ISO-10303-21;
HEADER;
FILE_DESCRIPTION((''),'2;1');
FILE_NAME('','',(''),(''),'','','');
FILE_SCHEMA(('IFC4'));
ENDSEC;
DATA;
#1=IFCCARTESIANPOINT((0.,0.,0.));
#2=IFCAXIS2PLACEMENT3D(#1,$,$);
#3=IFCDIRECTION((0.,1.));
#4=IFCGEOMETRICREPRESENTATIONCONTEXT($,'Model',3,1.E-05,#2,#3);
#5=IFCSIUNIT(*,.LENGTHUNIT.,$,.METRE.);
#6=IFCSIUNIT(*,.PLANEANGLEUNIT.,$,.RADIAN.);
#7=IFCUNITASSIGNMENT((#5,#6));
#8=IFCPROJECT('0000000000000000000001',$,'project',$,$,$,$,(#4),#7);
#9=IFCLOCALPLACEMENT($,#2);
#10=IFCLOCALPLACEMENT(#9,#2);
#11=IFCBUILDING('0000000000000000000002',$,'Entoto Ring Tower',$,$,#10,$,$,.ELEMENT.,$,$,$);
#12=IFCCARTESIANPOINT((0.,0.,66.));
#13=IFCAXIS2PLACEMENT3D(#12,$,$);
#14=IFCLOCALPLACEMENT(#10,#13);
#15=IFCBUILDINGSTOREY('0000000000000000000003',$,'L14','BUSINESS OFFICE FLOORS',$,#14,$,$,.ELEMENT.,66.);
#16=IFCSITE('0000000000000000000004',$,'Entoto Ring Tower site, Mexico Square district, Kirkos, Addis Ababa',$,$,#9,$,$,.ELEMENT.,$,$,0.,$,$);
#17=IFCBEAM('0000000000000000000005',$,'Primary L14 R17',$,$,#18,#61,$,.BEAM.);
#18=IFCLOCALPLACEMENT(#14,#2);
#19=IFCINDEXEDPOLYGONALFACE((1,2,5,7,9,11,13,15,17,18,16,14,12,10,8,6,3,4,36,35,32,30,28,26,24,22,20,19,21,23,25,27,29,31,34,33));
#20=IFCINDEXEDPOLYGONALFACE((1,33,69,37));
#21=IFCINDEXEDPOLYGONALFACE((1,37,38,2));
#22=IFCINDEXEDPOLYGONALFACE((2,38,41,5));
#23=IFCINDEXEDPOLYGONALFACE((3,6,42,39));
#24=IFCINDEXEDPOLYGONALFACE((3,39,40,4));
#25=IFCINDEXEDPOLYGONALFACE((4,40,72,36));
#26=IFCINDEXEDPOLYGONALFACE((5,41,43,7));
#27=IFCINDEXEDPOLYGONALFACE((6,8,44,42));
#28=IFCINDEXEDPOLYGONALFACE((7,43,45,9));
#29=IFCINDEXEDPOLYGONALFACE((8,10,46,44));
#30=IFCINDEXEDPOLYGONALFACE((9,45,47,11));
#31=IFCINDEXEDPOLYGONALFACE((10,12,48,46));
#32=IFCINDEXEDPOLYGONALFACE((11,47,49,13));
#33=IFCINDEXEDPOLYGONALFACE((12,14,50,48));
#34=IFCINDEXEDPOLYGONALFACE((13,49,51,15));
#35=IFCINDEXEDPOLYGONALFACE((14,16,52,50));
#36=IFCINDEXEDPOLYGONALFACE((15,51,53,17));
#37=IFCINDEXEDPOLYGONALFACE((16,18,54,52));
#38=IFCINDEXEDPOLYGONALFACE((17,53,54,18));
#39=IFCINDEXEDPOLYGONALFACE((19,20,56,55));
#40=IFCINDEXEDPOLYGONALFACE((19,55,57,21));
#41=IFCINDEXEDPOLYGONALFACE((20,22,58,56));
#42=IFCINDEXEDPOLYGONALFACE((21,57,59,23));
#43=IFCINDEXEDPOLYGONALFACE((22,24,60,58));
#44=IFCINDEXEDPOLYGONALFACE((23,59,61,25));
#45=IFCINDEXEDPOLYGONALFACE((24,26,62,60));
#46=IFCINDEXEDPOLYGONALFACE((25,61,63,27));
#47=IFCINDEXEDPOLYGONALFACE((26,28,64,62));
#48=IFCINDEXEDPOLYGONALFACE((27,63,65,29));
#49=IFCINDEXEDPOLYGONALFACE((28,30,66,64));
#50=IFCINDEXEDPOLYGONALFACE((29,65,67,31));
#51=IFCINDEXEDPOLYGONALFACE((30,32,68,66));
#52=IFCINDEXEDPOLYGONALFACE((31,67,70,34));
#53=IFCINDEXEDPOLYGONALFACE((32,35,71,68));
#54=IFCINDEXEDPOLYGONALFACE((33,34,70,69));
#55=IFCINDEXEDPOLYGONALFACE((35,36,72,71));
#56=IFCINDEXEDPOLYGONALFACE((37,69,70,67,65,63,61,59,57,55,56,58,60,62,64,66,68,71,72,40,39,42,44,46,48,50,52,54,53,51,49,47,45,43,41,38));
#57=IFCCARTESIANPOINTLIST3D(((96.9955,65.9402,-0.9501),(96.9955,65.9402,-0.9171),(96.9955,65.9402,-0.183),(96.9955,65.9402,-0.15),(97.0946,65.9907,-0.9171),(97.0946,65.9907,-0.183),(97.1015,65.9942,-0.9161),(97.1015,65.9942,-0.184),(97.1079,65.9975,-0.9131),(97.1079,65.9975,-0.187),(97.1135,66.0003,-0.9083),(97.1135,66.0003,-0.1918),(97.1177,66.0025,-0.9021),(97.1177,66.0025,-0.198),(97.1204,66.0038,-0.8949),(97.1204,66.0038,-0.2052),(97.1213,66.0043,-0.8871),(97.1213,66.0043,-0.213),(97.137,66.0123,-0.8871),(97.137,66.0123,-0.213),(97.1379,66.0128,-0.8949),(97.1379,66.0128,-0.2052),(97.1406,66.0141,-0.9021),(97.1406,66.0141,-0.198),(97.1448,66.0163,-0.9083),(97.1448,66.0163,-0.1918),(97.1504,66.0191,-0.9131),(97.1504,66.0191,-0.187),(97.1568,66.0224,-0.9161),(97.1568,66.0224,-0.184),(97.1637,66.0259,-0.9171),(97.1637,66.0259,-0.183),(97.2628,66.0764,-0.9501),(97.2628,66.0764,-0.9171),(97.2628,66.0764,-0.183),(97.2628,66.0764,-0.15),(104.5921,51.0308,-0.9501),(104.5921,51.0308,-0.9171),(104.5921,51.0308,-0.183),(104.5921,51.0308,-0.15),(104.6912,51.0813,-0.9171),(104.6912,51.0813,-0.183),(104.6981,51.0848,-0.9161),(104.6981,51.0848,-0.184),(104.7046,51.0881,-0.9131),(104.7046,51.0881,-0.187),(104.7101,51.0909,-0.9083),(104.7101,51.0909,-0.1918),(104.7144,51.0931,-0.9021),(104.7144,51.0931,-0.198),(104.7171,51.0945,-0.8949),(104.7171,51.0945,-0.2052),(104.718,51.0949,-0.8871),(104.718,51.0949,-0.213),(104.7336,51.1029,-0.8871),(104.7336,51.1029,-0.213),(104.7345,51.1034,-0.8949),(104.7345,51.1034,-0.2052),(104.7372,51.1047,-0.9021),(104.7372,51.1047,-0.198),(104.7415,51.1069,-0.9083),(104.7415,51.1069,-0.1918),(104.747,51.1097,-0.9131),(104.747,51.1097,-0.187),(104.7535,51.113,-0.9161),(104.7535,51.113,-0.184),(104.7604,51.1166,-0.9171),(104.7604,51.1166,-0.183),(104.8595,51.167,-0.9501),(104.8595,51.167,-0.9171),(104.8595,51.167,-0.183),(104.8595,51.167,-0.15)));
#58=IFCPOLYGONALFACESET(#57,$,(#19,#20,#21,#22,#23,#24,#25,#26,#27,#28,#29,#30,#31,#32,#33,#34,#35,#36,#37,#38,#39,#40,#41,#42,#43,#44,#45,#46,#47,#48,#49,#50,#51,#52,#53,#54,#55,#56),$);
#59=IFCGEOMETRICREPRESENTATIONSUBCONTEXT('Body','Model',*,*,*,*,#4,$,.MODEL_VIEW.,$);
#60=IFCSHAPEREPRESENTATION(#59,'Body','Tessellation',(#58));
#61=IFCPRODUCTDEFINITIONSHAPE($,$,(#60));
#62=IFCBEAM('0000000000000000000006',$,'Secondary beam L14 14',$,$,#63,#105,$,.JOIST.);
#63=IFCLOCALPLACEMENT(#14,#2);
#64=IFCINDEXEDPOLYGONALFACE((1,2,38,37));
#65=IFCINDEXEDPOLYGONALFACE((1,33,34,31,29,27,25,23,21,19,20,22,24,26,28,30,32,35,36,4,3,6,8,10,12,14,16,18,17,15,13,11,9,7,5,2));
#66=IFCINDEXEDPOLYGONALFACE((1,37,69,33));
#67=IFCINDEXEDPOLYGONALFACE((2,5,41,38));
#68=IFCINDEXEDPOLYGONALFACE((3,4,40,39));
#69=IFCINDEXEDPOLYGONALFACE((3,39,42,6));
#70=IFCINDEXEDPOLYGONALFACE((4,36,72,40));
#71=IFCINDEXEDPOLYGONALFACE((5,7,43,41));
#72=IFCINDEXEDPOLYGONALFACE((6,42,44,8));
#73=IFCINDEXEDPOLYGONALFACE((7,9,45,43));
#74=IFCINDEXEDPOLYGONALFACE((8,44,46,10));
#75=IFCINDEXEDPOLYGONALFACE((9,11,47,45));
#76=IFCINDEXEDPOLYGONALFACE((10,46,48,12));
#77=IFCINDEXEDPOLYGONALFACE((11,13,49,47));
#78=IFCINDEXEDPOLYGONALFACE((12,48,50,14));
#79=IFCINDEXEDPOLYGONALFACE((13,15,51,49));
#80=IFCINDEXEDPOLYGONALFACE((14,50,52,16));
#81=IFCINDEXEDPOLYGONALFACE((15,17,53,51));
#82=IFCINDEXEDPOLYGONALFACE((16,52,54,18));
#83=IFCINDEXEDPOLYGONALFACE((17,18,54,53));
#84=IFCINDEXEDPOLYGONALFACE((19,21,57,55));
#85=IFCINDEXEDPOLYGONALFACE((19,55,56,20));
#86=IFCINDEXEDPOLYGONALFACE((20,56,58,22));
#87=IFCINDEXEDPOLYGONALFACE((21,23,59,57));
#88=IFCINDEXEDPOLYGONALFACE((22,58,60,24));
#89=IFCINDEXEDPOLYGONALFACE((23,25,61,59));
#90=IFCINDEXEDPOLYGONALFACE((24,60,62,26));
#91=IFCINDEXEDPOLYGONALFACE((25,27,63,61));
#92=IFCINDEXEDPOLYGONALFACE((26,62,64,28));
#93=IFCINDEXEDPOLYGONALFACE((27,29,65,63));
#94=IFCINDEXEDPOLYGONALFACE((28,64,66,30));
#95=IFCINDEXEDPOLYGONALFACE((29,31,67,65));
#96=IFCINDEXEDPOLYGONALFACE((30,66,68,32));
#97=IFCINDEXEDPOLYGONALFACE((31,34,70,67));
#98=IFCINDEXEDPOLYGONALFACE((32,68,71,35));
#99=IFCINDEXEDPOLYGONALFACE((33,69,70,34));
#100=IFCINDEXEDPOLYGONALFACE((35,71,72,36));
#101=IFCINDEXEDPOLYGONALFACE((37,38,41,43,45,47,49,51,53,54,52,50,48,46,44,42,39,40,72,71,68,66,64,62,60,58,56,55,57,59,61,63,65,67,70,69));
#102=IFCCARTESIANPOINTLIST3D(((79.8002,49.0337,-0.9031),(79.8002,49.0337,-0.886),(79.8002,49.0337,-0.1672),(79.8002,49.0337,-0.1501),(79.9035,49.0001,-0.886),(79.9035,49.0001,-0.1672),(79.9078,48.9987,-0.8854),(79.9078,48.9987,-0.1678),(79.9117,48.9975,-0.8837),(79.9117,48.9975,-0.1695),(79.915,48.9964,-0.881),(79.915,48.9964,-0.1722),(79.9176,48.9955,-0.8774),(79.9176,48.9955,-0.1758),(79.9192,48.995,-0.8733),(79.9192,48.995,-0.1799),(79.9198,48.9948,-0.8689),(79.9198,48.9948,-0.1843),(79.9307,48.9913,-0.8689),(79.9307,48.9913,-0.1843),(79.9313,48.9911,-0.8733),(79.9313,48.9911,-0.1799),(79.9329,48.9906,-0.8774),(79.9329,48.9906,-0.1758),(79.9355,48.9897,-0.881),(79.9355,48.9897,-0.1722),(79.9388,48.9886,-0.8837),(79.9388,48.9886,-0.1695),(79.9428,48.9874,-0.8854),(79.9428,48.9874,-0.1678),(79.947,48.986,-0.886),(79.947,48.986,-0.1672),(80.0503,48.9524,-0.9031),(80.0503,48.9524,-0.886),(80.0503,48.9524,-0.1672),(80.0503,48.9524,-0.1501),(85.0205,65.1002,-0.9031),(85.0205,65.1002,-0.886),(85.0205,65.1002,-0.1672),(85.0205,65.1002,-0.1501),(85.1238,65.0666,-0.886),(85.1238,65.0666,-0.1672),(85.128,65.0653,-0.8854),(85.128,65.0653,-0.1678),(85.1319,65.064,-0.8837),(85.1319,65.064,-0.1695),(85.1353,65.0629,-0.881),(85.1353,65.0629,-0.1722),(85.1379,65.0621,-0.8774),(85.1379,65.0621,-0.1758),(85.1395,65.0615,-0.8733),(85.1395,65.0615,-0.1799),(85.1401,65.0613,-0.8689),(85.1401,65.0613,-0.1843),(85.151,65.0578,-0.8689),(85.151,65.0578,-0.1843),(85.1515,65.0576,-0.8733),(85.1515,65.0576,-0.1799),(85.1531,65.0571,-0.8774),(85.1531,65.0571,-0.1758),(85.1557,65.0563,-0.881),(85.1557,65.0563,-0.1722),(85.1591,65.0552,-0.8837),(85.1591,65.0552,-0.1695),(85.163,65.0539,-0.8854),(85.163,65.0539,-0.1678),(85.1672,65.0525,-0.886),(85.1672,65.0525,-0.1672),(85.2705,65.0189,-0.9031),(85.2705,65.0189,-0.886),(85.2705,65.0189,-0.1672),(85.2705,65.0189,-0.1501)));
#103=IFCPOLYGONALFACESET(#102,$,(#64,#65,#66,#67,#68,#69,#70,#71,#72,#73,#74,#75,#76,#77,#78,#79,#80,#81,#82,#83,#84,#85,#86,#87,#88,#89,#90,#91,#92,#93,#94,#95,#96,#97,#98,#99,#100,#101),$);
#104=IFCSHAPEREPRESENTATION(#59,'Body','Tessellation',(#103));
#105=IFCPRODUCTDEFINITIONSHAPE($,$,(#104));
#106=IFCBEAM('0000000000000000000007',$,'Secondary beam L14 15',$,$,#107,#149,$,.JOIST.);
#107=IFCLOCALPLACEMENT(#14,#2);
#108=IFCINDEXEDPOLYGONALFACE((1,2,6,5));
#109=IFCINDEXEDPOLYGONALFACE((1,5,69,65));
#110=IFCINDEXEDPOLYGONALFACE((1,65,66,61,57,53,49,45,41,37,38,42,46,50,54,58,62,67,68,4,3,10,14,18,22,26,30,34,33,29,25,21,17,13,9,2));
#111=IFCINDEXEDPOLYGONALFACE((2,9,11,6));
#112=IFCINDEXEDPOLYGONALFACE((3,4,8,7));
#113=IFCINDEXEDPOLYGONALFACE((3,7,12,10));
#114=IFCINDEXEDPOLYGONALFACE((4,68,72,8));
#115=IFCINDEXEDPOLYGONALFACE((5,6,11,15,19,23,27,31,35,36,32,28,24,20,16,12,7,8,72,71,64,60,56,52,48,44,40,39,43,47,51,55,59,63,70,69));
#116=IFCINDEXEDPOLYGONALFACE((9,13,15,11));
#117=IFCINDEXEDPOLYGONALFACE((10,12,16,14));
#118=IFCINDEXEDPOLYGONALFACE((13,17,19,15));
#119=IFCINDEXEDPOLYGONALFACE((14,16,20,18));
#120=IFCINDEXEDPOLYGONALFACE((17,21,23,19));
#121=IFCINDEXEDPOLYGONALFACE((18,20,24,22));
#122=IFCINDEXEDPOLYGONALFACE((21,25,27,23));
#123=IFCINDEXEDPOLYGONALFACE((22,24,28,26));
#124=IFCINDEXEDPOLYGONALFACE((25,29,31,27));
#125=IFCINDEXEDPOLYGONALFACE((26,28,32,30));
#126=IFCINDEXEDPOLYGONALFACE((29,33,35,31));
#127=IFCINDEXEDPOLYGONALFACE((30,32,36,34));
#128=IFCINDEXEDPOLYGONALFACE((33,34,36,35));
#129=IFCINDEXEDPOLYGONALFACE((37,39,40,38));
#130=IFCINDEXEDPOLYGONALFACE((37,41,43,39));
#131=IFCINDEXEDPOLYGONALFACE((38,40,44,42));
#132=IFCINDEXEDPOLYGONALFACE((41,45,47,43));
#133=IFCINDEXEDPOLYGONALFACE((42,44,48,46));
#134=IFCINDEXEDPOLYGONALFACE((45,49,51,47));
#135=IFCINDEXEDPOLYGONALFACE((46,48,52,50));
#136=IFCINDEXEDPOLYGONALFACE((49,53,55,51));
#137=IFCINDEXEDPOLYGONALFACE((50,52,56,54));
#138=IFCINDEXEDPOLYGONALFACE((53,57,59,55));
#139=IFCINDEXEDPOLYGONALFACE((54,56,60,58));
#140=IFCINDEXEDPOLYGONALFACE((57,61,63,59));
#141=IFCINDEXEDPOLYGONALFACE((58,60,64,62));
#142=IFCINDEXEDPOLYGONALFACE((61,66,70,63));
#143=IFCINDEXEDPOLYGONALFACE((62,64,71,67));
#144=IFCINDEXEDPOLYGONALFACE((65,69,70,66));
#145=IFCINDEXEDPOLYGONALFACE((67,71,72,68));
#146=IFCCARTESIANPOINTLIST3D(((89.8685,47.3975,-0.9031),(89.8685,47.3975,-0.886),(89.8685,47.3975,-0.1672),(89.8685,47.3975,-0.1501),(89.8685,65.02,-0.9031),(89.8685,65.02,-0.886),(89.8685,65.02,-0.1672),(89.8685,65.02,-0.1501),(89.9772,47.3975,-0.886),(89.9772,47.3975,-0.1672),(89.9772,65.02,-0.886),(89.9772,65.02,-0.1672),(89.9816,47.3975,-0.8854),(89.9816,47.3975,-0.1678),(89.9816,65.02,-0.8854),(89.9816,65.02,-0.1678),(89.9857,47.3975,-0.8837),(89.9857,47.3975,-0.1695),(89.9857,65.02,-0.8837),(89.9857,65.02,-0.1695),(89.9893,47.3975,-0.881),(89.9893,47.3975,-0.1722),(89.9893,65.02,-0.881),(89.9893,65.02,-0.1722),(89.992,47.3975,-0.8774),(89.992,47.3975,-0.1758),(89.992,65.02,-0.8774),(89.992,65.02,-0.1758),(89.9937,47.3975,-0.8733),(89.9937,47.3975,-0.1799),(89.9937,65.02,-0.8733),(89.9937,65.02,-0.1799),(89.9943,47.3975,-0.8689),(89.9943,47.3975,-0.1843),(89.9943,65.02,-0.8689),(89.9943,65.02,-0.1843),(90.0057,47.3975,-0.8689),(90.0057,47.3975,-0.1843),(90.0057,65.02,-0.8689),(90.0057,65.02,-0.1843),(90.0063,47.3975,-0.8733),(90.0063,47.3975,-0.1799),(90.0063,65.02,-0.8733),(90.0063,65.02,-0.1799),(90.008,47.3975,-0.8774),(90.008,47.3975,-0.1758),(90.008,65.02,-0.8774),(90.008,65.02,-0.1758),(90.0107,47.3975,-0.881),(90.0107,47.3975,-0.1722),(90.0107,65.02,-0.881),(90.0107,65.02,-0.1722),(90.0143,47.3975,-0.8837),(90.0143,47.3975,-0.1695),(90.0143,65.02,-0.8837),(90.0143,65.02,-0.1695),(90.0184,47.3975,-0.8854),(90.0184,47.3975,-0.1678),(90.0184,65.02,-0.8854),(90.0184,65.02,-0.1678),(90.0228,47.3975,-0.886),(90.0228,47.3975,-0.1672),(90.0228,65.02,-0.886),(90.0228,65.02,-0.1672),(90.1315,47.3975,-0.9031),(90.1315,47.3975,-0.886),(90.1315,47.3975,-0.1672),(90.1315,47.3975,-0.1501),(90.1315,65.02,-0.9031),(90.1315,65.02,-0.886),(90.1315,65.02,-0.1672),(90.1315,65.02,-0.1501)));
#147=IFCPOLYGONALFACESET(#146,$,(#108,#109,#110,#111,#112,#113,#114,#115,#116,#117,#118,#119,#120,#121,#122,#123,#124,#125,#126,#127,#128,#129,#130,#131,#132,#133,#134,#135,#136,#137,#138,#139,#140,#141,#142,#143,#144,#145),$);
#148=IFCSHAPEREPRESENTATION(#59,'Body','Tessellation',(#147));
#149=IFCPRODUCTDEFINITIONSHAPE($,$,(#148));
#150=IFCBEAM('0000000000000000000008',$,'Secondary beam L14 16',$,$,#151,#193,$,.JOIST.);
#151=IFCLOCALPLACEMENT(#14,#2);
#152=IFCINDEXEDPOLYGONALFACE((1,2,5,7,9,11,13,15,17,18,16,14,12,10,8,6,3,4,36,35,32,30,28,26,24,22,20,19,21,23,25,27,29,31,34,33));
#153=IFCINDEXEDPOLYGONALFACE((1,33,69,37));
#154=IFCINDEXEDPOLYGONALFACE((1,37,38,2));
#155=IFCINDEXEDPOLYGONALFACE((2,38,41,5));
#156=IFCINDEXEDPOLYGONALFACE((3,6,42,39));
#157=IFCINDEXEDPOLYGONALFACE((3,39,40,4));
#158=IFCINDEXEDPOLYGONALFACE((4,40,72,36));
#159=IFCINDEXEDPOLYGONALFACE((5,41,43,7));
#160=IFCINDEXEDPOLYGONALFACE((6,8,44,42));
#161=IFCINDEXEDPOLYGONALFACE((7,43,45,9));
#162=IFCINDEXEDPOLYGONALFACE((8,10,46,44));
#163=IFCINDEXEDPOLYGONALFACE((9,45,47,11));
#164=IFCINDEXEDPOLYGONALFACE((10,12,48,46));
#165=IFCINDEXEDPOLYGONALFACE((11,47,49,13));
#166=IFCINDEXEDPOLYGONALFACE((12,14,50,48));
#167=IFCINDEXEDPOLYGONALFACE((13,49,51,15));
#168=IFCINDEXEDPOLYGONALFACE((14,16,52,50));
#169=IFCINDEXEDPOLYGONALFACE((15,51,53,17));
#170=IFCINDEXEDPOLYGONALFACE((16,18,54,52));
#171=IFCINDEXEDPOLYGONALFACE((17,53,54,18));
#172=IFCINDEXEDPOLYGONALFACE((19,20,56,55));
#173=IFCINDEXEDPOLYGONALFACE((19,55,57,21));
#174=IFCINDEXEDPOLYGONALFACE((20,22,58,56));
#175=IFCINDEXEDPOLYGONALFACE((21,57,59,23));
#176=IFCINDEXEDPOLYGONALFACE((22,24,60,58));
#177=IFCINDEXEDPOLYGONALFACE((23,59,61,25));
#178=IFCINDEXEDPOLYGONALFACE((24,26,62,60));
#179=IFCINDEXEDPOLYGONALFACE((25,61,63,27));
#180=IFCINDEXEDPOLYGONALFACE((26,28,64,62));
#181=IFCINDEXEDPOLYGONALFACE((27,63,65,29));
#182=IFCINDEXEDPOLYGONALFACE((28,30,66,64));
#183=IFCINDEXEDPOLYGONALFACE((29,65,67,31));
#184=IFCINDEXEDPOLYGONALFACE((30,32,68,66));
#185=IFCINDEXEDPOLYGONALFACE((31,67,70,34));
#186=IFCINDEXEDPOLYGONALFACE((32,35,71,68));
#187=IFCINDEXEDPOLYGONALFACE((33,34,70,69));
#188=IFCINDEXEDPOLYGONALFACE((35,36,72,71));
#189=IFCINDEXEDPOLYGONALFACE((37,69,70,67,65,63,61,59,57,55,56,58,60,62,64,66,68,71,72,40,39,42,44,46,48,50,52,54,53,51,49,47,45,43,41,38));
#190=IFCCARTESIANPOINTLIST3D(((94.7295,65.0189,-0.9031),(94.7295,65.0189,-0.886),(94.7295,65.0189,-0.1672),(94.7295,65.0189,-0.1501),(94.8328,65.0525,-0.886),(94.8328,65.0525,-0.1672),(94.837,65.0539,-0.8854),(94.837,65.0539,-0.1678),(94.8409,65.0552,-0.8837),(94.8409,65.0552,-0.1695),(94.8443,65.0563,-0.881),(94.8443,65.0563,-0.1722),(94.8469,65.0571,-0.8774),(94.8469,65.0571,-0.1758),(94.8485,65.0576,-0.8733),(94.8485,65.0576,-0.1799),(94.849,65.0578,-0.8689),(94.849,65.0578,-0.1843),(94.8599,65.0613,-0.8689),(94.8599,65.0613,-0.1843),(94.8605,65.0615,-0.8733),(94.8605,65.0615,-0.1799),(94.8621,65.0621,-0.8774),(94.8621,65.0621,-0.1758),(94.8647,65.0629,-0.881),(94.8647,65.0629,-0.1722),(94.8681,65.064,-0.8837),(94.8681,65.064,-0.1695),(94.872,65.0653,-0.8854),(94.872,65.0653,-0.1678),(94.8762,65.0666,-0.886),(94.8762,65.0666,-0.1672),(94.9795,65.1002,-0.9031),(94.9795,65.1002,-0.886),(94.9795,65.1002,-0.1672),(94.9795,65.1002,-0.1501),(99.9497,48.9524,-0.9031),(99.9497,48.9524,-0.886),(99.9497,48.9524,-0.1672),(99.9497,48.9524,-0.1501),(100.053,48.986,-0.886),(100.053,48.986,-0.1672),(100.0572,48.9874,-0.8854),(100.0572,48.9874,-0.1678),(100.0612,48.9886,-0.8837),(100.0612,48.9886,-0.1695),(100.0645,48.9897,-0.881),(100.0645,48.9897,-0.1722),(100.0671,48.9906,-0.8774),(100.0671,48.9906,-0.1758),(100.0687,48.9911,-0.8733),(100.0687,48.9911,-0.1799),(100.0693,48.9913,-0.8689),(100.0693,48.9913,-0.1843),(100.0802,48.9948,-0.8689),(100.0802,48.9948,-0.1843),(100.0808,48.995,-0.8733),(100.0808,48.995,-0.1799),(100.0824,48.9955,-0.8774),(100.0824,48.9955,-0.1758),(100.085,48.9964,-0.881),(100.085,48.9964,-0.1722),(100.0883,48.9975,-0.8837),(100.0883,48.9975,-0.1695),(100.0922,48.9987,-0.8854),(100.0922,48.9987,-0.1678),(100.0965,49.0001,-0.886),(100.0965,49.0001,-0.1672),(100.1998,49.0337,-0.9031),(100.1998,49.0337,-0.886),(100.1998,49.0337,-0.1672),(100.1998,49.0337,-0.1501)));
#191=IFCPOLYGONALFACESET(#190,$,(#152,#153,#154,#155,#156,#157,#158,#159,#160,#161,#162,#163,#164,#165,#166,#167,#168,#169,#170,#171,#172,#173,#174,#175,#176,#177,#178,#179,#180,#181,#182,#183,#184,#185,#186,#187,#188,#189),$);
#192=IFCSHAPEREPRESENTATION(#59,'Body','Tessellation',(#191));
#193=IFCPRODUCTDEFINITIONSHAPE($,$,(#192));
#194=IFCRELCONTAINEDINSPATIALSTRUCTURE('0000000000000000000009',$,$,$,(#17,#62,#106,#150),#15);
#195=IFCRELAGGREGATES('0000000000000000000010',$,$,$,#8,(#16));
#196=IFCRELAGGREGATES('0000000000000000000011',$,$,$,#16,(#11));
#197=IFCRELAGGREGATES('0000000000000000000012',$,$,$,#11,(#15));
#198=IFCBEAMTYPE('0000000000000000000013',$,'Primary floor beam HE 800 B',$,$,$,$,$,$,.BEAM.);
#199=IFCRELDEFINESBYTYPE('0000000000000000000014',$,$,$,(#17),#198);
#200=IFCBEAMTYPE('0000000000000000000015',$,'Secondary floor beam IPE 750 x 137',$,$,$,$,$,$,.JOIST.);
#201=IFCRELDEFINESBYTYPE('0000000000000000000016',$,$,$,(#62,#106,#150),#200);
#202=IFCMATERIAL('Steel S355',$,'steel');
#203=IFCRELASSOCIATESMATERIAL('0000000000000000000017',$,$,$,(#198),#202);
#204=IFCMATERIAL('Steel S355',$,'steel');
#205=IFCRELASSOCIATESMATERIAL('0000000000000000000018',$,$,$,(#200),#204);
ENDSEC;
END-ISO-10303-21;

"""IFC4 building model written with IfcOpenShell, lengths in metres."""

from ifc_helpers import new_model, si_unit, direction, frame, origin, origin_2d, place, context, subcontext, project, spatial, i_section, extrude, material, material_profile, profile_set, type_object, element, save


model = new_model("IFC4")

# Units and contexts
model_context = context("Model", 3, precision=1e-05, world=origin(), true_north=direction((0.0, 1.0)))
body_context = subcontext(model_context, "Body", "Model", "MODEL_VIEW")
ifc_project = project(units=[si_unit("LENGTHUNIT", "METRE"), si_unit("PLANEANGLEUNIT", "RADIAN")], contexts=[model_context])

# Site, building, storey
site_placement = place(None, origin())
site = spatial("IfcSite", under=ifc_project, at=site_placement, Name="Entoto Ring Tower site, Mexico Square district, Kirkos, Addis Ababa", CompositionType="ELEMENT", RefElevation=0.0)
building_placement = place(site_placement, origin())
building = spatial("IfcBuilding", under=site, at=building_placement, Name="Entoto Ring Tower", CompositionType="ELEMENT")
storey_placement = place(building_placement, frame((0.0, 0.0, 66.0)))
storey = spatial("IfcBuildingStorey", under=building, at=storey_placement, Name="L14", Description="BUSINESS OFFICE FLOORS", CompositionType="ELEMENT", Elevation=66.0)

# Beams
ifc_material_1 = material(Name="Steel S355", Category="steel")
ifc_material_profile_1 = material_profile(ifc_material_1, i_section(OverallWidth=0.3, OverallDepth=0.8, WebThickness=0.0176, FlangeThickness=0.033, FilletRadius=0.03, at=origin_2d()), Name="HE 800 B")
ifc_profile_set_1 = profile_set([ifc_material_profile_1], Name="Steel S355")
beam_type_1 = type_object("IfcBeamType", Name="Primary floor beam HE 800 B", PredefinedType="BEAM", material=ifc_profile_set_1)
beam_1_placement = place(storey_placement, frame((97.1292, 66.0083, -0.55), z_axis=(0.453988, -0.891008, 0.0), x_axis=(0.891008, 0.453988, 0.0)))
element("IfcBeam", 1, at=beam_1_placement, inside=storey, type_object=beam_type_1, Name="Primary L14 R17", PredefinedType="BEAM", context=body_context, shape_type="SweptSolid", body=[
    extrude(i_section(OverallWidth=0.3, OverallDepth=0.8, WebThickness=0.0176, FlangeThickness=0.033, FilletRadius=0.03, at=origin_2d()), origin(), (0.0, 0.0, 1.0), 16.7332),
])
ifc_material_2 = material(Name="Steel S355", Category="steel")
ifc_material_profile_2 = material_profile(ifc_material_2, i_section(OverallWidth=0.2629, OverallDepth=0.7529, WebThickness=0.0115, FlangeThickness=0.0171, FilletRadius=0.0171, at=origin_2d()), Name="IPE 750 x 137")
ifc_profile_set_2 = profile_set([ifc_material_profile_2], Name="Steel S355")
beam_type_2 = type_object("IfcBeamType", Name="Secondary floor beam IPE 750 x 137", PredefinedType="JOIST", material=ifc_profile_set_2)
beam_2_placement = place(storey_placement, frame((85.1455, 65.0596, -0.5266), z_axis=(-0.309013, -0.951058, 0.0), x_axis=(0.951058, -0.309013, 0.0)))
element("IfcBeam", 2, at=beam_2_placement, inside=storey, type_object=beam_type_2, Name="Secondary beam L14 14", PredefinedType="JOIST", context=body_context, shape_type="SweptSolid", body=[
    extrude(i_section(OverallWidth=0.2629, OverallDepth=0.7529, WebThickness=0.0115, FlangeThickness=0.0171, FilletRadius=0.0171, at=origin_2d()), origin(), (0.0, 0.0, 1.0), 16.8933),
])
beam_3_placement = place(storey_placement, frame((90.0, 65.02, -0.5266), z_axis=(0.0, -1.0, 0.0), x_axis=(1.0, 0.0, 0.0)))
element("IfcBeam", 3, at=beam_3_placement, inside=storey, type_object=beam_type_2, Name="Secondary beam L14 15", PredefinedType="JOIST", context=body_context, shape_type="SweptSolid", body=[
    extrude(i_section(OverallWidth=0.2629, OverallDepth=0.7529, WebThickness=0.0115, FlangeThickness=0.0171, FilletRadius=0.0171, at=origin_2d()), origin(), (0.0, 0.0, 1.0), 17.6226),
])
beam_4_placement = place(storey_placement, frame((94.8545, 65.0596, -0.5266), z_axis=(0.309013, -0.951058, 0.0), x_axis=(0.951058, 0.309013, 0.0)))
element("IfcBeam", 4, at=beam_4_placement, inside=storey, type_object=beam_type_2, Name="Secondary beam L14 16", PredefinedType="JOIST", context=body_context, shape_type="SweptSolid", body=[
    extrude(i_section(OverallWidth=0.2629, OverallDepth=0.7529, WebThickness=0.0115, FlangeThickness=0.0171, FilletRadius=0.0171, at=origin_2d()), origin(), (0.0, 0.0, 1.0), 16.8933),
])

save(model, "model.ifc")
